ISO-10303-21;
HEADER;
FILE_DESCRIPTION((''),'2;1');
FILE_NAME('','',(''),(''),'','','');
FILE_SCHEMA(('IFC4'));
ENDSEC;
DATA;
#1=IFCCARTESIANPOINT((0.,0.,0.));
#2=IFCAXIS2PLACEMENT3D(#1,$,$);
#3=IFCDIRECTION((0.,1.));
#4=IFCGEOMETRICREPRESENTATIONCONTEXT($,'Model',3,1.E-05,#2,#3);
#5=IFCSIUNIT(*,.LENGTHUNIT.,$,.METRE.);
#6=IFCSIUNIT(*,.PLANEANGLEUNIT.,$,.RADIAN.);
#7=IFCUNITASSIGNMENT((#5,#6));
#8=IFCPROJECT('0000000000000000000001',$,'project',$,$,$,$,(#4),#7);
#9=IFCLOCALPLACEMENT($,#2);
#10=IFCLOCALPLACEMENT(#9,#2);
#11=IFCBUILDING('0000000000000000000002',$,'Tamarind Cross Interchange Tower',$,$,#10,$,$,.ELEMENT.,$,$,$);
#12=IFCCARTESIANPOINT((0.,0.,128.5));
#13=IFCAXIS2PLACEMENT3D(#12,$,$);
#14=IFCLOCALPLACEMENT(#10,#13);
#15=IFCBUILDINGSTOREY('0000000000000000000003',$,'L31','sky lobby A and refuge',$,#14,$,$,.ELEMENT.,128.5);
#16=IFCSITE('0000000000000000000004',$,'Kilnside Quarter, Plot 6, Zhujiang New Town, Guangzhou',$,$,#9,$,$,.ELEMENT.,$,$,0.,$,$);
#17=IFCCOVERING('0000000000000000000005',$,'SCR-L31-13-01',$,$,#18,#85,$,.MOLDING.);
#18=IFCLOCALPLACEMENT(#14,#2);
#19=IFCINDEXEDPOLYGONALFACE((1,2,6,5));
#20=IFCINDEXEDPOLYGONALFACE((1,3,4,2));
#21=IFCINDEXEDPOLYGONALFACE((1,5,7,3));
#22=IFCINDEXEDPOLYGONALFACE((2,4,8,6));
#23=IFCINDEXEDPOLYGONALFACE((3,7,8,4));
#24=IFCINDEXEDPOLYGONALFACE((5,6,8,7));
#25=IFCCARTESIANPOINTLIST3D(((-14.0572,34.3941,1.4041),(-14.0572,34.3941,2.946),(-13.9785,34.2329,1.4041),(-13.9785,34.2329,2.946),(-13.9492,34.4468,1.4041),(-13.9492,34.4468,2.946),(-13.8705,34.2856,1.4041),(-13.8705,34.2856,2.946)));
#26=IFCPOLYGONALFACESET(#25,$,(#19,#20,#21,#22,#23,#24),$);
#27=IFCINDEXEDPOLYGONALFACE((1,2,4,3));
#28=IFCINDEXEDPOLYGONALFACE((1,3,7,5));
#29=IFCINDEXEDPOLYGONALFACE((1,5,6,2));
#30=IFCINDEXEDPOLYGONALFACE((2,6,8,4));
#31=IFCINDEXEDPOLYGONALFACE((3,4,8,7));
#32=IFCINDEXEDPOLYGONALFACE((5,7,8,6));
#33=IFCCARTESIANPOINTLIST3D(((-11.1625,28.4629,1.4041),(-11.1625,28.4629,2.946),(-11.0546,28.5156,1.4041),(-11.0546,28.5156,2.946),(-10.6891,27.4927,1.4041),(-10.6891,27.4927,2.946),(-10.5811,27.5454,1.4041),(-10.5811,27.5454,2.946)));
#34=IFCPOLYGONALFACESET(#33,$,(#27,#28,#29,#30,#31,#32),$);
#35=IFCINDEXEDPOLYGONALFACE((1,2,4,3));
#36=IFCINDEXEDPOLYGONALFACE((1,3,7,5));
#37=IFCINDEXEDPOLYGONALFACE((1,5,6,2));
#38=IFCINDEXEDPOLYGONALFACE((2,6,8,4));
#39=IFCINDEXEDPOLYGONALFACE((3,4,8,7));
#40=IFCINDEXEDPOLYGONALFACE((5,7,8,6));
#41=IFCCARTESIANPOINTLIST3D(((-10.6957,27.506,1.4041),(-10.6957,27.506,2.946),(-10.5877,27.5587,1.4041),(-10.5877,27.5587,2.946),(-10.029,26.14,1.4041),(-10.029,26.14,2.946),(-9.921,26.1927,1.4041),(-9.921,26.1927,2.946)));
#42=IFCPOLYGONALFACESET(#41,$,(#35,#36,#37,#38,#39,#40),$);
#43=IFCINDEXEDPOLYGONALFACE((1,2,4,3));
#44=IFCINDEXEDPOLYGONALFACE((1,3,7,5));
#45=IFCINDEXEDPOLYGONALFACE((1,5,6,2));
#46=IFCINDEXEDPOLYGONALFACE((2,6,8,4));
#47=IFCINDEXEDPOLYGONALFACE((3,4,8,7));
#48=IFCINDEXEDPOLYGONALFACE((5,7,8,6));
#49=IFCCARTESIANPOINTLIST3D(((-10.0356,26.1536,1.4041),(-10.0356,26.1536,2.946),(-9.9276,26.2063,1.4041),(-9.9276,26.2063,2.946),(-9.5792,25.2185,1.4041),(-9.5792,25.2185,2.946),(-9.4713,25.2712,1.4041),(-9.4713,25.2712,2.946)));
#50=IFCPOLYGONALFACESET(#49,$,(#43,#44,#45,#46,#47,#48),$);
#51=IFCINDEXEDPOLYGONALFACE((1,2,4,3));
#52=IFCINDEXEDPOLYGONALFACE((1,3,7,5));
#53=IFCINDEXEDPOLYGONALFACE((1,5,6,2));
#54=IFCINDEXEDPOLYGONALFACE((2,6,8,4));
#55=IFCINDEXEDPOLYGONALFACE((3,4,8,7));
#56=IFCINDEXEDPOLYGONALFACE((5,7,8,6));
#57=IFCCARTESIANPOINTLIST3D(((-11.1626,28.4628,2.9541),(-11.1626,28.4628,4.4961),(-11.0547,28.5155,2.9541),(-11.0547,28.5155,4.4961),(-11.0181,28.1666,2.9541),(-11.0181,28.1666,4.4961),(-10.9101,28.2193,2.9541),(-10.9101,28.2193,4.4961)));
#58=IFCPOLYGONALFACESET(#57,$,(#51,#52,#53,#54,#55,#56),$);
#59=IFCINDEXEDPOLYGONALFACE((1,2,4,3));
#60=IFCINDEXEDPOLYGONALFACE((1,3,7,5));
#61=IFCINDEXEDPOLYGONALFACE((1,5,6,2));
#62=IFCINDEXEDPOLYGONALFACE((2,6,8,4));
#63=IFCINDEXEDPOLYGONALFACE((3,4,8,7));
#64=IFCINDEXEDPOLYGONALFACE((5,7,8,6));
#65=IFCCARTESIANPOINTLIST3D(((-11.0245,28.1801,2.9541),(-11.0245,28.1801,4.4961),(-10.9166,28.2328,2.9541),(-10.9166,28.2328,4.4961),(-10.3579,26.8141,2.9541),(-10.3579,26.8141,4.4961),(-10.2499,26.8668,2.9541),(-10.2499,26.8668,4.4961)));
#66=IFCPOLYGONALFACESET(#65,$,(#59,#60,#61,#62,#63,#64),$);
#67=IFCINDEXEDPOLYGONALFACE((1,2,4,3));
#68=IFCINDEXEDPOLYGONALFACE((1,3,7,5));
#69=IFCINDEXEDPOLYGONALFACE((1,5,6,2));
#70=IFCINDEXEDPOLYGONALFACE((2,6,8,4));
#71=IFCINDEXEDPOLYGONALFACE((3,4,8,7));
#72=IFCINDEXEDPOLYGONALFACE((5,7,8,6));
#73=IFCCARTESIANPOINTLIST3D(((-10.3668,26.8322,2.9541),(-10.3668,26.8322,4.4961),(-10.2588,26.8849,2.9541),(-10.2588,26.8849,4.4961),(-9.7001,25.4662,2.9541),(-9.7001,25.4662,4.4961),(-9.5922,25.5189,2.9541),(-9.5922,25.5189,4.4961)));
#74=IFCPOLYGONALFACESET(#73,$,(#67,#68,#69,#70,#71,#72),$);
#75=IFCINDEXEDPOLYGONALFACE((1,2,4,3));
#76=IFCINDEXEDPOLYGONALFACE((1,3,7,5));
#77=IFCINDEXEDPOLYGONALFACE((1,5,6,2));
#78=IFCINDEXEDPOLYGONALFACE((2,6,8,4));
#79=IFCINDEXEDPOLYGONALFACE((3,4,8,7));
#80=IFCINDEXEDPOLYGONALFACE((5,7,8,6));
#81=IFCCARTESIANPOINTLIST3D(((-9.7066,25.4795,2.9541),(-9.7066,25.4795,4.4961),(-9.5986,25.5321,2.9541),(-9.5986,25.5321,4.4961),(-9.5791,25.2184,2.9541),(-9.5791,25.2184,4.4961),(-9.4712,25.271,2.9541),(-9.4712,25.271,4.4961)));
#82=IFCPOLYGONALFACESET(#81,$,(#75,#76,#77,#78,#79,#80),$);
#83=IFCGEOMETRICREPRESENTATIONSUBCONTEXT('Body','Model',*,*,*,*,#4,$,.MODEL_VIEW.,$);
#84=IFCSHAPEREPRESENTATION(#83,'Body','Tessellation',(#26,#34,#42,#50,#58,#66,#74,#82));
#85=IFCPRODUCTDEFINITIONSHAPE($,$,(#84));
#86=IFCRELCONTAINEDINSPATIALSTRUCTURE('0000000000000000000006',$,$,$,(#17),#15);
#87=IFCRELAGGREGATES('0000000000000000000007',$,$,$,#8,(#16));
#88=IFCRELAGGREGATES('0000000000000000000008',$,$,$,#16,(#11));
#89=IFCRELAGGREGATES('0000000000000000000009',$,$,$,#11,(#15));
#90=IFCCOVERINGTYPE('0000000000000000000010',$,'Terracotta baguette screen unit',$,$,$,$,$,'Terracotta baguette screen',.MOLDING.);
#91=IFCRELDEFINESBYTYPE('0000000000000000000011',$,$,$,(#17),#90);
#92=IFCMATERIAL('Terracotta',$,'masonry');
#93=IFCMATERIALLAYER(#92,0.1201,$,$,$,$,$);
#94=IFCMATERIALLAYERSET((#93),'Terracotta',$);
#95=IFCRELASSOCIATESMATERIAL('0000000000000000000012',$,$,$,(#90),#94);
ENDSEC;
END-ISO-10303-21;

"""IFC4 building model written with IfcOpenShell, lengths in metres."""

from ifc_helpers import new_model, si_unit, direction, frame, origin, origin_2d, place, context, subcontext, project, spatial, rectangle, extrude, material, layer, layer_set, type_object, element, save


model = new_model("IFC4")

# Units and contexts
model_context = context("Model", 3, precision=1e-05, world=origin(), true_north=direction((0.0, 1.0)))
body_context = subcontext(model_context, "Body", "Model", "MODEL_VIEW")
ifc_project = project(units=[si_unit("LENGTHUNIT", "METRE"), si_unit("PLANEANGLEUNIT", "RADIAN")], contexts=[model_context])

# Site, building, storey
site_placement = place(None, origin())
site = spatial("IfcSite", under=ifc_project, at=site_placement, Name="Kilnside Quarter, Plot 6, Zhujiang New Town, Guangzhou", CompositionType="ELEMENT", RefElevation=0.0)
building_placement = place(site_placement, origin())
building = spatial("IfcBuilding", under=site, at=building_placement, Name="Tamarind Cross Interchange Tower", CompositionType="ELEMENT")
storey_placement = place(building_placement, frame((0.0, 0.0, 128.5)))
storey = spatial("IfcBuildingStorey", under=building, at=storey_placement, Name="L31", Description="sky lobby A and refuge", CompositionType="ELEMENT", Elevation=128.5)

# Covering
ifc_material_1 = material(Name="Terracotta", Category="masonry")
ifc_layer_1 = layer(ifc_material_1, 0.1201)
ifc_layer_set_1 = layer_set([ifc_layer_1], Name="Terracotta")
covering_type = type_object("IfcCoveringType", Name="Terracotta baguette screen unit", ElementType="Terracotta baguette screen", PredefinedType="MOLDING", material=ifc_layer_set_1)
covering_1_placement = place(storey_placement, origin())
element("IfcCovering", 1, at=covering_1_placement, inside=storey, type_object=covering_type, Name="SCR-L31-13-01", PredefinedType="MOLDING", context=body_context, shape_type="SweptSolid", body=[
    extrude(rectangle(XDim=0.1794, YDim=0.1201, at=origin_2d()), frame((-13.9639, 34.3398, 1.4041), z_axis=(0.0, 0.0, 1.0), x_axis=(0.438583, -0.898691, 0.0)), (0.0, 0.0, 1.0), 1.542),
    extrude(rectangle(XDim=1.0796, YDim=0.1201, at=origin_2d()), frame((-10.8718, 28.0042, 1.4041), z_axis=(0.0, 0.0, 1.0), x_axis=(0.438583, -0.898691, 0.0)), (0.0, 0.0, 1.0), 1.542),
    extrude(rectangle(XDim=1.52, YDim=0.1201, at=origin_2d()), frame((-10.3083, 26.8494, 1.4041), z_axis=(0.0, 0.0, 1.0), x_axis=(0.438583, -0.898691, 0.0)), (0.0, 0.0, 1.0), 1.542),
    extrude(rectangle(XDim=1.0405, YDim=0.1201, at=origin_2d()), frame((-9.7534, 25.7124, 1.4041), z_axis=(0.0, 0.0, 1.0), x_axis=(0.438583, -0.898691, 0.0)), (0.0, 0.0, 1.0), 1.542),
    extrude(rectangle(XDim=0.3296, YDim=0.1201, at=origin_2d()), frame((-11.0364, 28.3411, 2.9541), z_axis=(0.0, 0.0, 1.0), x_axis=(0.438583, -0.898691, 0.0)), (0.0, 0.0, 1.0), 1.542),
    extrude(rectangle(XDim=1.52, YDim=0.1201, at=origin_2d()), frame((-10.6372, 27.5234, 2.9541), z_axis=(0.0, 0.0, 1.0), x_axis=(0.438583, -0.898691, 0.0)), (0.0, 0.0, 1.0), 1.542),
    extrude(rectangle(XDim=1.52, YDim=0.1201, at=origin_2d()), frame((-9.9795, 26.1755, 2.9541), z_axis=(0.0, 0.0, 1.0), x_axis=(0.438583, -0.898691, 0.0)), (0.0, 0.0, 1.0), 1.542),
    extrude(rectangle(XDim=0.2905, YDim=0.1201, at=origin_2d()), frame((-9.5889, 25.3752, 2.9541), z_axis=(0.0, 0.0, 1.0), x_axis=(0.438583, -0.898691, 0.0)), (0.0, 0.0, 1.0), 1.542),
])

save(model, "model.ifc")
